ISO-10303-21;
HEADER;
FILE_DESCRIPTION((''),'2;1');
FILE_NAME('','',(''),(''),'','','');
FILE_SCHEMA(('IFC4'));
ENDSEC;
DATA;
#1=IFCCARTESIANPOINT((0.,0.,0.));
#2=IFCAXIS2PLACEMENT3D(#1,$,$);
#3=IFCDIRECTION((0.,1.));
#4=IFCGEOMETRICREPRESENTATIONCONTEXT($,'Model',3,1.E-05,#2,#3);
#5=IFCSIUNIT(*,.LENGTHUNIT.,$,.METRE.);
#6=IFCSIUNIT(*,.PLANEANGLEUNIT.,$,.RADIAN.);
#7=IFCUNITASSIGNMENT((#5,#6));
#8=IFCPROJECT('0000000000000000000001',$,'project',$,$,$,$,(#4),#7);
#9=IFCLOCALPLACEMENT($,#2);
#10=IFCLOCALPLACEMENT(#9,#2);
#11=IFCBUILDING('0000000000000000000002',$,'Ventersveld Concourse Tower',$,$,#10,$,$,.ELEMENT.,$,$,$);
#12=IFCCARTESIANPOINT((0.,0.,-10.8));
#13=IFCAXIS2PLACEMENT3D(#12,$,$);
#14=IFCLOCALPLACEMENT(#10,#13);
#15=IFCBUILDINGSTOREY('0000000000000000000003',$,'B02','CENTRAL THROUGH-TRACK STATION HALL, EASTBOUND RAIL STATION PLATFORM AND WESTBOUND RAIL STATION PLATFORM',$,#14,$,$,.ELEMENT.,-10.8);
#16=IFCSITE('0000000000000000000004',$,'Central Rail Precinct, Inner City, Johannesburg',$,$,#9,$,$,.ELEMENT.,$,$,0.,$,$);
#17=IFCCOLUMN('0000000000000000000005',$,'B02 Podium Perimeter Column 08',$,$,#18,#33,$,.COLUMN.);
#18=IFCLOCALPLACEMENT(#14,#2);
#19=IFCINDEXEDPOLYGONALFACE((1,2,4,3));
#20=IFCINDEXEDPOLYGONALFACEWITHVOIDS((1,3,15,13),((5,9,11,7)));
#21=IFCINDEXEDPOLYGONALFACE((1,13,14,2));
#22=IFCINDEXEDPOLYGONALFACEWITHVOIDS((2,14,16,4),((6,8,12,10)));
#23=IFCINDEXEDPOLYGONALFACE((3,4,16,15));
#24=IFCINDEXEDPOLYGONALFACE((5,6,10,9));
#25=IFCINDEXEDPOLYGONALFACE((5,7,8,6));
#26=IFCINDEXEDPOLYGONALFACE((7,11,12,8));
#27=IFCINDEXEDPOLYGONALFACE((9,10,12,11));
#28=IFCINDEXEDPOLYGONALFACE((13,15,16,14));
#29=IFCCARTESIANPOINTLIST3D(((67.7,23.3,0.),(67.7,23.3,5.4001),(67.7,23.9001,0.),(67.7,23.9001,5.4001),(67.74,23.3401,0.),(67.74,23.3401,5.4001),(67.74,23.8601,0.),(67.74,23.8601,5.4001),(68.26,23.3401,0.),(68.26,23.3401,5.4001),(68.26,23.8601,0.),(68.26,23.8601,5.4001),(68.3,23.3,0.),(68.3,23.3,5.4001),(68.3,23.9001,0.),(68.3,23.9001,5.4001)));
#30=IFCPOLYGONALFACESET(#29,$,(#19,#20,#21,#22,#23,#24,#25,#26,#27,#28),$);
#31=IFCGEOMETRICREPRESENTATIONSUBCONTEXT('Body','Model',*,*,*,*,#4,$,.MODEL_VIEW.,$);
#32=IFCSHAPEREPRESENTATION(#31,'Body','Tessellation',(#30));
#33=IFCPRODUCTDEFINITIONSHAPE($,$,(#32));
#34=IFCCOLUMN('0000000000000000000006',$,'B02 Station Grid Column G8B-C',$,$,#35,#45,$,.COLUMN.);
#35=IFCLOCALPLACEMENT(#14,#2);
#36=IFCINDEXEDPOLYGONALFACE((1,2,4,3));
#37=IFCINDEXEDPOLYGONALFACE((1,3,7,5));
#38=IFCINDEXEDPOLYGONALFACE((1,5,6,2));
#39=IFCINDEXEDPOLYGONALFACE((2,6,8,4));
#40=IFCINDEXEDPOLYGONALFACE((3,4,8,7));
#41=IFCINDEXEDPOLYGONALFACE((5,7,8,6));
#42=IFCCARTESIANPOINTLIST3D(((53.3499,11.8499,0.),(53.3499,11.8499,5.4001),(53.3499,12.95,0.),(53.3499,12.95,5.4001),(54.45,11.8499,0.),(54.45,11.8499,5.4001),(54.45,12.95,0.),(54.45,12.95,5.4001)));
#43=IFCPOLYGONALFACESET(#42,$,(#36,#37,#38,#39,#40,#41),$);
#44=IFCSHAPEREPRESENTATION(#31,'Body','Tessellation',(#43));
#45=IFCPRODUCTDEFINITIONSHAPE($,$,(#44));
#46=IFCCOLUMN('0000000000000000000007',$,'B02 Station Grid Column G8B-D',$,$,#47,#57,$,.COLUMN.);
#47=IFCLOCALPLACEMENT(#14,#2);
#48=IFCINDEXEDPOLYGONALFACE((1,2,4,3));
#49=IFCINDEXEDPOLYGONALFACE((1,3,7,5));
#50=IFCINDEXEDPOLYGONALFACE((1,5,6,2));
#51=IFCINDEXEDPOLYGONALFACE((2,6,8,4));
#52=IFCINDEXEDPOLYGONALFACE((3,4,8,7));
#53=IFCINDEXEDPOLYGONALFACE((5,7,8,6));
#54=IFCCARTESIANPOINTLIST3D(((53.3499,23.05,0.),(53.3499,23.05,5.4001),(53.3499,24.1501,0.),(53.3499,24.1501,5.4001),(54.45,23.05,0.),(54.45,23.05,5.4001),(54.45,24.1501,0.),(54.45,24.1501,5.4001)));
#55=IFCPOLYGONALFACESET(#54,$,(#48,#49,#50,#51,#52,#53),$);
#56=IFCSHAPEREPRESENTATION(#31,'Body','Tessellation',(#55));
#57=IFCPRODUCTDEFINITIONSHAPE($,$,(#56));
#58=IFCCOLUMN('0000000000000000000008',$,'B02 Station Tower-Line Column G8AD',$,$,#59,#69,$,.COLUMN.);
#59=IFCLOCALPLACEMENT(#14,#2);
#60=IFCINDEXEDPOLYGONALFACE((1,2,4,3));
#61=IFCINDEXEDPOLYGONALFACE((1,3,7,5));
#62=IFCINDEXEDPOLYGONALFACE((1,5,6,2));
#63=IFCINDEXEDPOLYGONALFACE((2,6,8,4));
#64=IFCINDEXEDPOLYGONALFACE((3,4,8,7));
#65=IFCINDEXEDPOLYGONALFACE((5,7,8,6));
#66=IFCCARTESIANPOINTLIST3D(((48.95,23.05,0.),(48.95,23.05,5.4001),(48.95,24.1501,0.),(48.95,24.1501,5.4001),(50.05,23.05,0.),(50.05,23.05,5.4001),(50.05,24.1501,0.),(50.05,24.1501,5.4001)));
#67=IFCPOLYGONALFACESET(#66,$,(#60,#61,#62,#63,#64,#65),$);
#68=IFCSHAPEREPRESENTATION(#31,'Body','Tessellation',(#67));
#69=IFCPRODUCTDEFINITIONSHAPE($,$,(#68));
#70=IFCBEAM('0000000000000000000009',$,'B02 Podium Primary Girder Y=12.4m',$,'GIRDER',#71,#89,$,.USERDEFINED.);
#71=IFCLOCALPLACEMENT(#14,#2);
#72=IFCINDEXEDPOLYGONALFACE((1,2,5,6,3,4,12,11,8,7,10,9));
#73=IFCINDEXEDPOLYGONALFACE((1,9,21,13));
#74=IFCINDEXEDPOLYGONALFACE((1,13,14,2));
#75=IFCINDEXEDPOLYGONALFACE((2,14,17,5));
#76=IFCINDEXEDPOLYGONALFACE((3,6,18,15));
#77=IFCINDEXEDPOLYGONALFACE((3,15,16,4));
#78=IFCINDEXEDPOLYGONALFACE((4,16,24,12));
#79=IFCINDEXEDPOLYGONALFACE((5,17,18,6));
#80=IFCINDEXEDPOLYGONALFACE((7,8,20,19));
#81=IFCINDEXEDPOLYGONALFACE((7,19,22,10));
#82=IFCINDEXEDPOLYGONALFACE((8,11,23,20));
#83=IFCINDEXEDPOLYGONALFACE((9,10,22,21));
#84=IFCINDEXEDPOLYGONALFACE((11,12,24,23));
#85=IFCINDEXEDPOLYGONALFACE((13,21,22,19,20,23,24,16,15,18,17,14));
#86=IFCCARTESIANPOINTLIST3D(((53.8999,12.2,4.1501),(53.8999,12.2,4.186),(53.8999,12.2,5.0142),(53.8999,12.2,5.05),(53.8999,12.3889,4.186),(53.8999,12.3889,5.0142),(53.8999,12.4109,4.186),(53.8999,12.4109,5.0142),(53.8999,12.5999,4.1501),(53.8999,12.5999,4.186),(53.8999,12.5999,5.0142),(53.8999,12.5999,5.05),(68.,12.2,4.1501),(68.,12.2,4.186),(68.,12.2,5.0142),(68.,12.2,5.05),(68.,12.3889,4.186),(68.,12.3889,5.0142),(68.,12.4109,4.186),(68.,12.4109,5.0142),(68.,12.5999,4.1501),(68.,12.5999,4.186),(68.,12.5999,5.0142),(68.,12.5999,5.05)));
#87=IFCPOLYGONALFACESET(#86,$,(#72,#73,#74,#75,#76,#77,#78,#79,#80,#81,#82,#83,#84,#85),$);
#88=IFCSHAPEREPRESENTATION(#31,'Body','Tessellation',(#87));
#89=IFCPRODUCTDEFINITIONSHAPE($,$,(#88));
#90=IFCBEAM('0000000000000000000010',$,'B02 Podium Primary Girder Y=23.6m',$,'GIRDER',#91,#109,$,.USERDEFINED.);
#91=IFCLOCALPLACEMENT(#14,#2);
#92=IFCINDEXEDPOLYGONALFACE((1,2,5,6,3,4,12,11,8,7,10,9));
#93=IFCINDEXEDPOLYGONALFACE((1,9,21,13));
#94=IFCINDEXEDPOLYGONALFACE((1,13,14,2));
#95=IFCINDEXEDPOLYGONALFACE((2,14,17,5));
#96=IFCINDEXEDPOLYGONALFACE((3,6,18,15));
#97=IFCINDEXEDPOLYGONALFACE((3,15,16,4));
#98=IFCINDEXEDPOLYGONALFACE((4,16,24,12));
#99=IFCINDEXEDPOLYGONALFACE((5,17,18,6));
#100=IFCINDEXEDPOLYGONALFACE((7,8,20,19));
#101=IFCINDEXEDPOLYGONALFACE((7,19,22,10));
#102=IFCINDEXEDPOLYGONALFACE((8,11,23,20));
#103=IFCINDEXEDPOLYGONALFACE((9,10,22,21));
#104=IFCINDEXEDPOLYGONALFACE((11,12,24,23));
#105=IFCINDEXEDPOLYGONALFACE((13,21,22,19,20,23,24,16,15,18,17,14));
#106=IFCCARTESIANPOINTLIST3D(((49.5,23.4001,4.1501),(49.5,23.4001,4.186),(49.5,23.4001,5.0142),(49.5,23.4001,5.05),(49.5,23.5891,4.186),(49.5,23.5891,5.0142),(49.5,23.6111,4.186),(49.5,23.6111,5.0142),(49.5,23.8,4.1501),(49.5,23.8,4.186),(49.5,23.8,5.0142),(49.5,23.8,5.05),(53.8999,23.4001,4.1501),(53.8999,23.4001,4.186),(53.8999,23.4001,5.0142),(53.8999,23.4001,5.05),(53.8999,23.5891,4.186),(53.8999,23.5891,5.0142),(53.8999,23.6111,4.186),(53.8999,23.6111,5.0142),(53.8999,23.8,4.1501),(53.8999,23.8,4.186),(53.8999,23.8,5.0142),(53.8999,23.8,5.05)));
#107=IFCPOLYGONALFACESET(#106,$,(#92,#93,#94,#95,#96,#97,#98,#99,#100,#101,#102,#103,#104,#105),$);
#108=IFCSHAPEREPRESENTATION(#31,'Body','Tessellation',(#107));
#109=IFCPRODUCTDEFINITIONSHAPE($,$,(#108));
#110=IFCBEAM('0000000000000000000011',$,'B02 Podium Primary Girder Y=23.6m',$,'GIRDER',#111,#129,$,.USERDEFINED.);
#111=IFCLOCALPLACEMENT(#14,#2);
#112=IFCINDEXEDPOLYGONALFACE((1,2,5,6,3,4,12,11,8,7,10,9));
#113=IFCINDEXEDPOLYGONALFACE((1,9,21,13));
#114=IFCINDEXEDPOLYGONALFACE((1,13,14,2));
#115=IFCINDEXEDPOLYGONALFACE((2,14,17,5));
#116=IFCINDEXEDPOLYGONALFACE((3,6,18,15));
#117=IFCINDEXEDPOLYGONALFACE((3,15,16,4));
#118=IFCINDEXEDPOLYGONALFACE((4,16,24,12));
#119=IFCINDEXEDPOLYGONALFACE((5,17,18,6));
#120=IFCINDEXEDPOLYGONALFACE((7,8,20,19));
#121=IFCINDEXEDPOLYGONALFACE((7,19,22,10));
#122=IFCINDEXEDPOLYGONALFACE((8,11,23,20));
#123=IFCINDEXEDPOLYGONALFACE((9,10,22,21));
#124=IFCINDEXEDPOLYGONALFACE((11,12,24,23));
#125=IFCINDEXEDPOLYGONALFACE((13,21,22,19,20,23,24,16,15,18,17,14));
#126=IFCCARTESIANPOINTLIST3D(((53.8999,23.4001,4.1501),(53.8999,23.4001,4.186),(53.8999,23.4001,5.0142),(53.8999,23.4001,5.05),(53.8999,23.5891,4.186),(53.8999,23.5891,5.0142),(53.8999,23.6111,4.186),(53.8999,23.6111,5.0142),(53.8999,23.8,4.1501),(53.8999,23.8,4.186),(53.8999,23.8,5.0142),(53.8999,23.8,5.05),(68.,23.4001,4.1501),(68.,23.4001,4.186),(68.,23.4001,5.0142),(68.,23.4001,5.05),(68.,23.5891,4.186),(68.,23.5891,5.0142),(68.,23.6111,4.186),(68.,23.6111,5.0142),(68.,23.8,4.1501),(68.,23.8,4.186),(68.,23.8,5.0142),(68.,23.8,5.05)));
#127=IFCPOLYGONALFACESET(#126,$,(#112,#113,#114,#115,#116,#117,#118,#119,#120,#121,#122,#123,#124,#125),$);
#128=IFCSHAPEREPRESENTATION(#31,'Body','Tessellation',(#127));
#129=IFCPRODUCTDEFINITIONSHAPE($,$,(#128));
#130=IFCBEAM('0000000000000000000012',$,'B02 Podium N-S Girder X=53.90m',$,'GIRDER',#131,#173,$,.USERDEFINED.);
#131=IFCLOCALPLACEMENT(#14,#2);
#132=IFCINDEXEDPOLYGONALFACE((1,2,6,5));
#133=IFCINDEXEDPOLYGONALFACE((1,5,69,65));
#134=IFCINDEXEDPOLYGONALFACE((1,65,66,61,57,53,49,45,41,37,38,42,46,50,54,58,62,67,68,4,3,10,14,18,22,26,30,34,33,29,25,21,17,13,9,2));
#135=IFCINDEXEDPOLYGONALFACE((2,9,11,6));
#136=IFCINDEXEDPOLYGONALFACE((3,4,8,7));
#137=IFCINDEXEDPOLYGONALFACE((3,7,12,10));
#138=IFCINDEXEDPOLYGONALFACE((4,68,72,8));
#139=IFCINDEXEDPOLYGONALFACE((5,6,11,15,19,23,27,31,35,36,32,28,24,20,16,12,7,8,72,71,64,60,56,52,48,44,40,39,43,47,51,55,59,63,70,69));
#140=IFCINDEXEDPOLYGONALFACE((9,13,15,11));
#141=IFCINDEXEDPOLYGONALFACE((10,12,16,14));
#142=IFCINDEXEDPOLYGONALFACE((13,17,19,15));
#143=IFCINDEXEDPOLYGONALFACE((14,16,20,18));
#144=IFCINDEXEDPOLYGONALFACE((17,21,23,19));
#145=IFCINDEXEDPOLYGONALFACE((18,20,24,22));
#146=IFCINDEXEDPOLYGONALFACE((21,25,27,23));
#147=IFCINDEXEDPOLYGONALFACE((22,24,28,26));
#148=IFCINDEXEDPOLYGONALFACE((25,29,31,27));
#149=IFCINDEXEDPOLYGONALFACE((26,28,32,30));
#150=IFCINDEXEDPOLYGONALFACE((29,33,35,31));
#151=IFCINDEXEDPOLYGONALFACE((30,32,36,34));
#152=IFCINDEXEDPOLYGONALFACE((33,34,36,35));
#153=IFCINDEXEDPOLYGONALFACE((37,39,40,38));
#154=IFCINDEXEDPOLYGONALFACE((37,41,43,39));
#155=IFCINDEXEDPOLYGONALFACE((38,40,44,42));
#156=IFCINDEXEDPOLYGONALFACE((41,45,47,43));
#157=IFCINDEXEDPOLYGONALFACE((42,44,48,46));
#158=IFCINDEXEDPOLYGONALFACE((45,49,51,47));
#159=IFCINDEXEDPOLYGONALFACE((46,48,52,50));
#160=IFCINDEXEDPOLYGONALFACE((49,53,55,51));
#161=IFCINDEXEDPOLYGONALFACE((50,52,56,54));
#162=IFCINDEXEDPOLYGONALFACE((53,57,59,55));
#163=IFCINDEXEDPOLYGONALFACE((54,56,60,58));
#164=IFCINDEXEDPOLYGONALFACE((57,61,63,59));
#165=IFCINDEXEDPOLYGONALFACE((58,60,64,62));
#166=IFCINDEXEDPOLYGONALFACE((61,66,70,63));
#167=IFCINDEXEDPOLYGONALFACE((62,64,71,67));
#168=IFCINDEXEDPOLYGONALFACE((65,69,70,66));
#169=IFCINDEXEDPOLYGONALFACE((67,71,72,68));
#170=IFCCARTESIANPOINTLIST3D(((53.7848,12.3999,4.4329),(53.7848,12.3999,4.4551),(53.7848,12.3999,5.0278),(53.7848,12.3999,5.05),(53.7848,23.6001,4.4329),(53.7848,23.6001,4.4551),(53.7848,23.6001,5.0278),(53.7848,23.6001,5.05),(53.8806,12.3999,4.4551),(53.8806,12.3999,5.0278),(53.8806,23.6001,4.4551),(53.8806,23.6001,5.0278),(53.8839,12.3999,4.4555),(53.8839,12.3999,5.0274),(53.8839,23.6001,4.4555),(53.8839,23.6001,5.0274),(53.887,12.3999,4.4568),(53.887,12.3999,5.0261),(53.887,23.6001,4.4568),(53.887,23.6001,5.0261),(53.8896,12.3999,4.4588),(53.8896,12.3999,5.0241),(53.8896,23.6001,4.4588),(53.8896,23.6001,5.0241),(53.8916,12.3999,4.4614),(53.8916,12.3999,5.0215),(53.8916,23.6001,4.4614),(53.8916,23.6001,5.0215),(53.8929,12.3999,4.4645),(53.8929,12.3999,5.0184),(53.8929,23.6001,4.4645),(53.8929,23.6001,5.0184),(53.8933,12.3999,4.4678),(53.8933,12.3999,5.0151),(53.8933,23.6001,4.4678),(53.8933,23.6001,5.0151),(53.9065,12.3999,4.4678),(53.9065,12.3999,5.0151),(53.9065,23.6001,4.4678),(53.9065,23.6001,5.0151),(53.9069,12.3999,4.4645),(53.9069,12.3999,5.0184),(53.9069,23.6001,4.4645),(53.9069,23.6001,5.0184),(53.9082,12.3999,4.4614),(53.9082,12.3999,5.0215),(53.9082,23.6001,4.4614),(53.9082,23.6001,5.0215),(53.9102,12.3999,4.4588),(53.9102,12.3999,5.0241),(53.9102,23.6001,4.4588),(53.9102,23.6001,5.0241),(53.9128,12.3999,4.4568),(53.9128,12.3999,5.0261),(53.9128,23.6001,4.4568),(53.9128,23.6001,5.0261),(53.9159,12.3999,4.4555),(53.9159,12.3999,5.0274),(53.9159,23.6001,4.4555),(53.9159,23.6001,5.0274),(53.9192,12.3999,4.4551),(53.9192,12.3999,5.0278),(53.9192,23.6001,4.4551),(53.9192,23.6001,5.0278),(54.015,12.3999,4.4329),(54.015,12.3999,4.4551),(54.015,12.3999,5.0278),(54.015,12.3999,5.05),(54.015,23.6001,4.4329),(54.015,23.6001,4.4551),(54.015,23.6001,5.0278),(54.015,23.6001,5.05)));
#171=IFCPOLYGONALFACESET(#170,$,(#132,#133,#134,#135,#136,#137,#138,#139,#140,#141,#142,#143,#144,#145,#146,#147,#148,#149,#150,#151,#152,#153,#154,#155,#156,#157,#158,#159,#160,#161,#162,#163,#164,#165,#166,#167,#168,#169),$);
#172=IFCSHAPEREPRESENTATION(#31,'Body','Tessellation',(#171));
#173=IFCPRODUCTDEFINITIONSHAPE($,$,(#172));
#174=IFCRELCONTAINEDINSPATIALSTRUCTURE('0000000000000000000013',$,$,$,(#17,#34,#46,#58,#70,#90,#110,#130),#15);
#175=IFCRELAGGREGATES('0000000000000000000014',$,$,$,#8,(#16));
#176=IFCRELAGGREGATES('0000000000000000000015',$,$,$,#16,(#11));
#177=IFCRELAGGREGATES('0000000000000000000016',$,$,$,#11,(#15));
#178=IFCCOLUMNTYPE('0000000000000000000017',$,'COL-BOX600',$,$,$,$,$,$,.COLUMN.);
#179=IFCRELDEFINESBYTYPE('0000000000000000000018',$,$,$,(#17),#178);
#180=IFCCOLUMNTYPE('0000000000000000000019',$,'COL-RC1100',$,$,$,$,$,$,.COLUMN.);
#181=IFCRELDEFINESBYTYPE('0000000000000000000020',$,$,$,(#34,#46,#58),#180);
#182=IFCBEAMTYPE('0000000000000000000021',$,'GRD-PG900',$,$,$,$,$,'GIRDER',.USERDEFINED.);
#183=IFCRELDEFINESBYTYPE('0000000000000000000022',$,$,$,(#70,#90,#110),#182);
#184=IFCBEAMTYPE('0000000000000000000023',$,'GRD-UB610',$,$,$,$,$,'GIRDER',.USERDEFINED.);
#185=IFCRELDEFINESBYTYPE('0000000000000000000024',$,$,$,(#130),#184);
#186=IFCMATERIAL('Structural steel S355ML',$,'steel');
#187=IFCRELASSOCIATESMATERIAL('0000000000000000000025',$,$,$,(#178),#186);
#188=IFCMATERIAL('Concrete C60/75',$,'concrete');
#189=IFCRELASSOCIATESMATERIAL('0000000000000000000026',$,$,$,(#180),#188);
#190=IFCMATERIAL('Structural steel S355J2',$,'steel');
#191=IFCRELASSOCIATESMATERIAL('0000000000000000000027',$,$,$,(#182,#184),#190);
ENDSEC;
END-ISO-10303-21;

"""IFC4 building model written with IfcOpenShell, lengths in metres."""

from ifc_helpers import new_model, si_unit, direction, frame, origin, origin_2d, place, context, subcontext, project, spatial, rectangle, hollow_rectangle, i_section, extrude, material, material_profile, profile_set, type_object, element, save


model = new_model("IFC4")

# Units and contexts
model_context = context("Model", 3, precision=1e-05, world=origin(), true_north=direction((0.0, 1.0)))
body_context = subcontext(model_context, "Body", "Model", "MODEL_VIEW")
ifc_project = project(units=[si_unit("LENGTHUNIT", "METRE"), si_unit("PLANEANGLEUNIT", "RADIAN")], contexts=[model_context])

# Site, building, storey
site_placement = place(None, origin())
site = spatial("IfcSite", under=ifc_project, at=site_placement, Name="Central Rail Precinct, Inner City, Johannesburg", CompositionType="ELEMENT", RefElevation=0.0)
building_placement = place(site_placement, origin())
building = spatial("IfcBuilding", under=site, at=building_placement, Name="Ventersveld Concourse Tower", CompositionType="ELEMENT")
storey_placement = place(building_placement, frame((0.0, 0.0, -10.8)))
storey = spatial("IfcBuildingStorey", under=building, at=storey_placement, Name="B02", Description="CENTRAL THROUGH-TRACK STATION HALL, EASTBOUND RAIL STATION PLATFORM AND WESTBOUND RAIL STATION PLATFORM", CompositionType="ELEMENT", Elevation=-10.8)

# Columns
ifc_material_1 = material(Name="Structural steel S355ML", Category="steel")
ifc_material_profile_1 = material_profile(ifc_material_1, hollow_rectangle(XDim=0.6001, YDim=0.6001, WallThickness=0.04, at=origin_2d()), Name="BOX 600x600x40")
ifc_profile_set_1 = profile_set([ifc_material_profile_1], Name="Structural steel S355ML")
column_type_1 = type_object("IfcColumnType", Name="COL-BOX600", PredefinedType="COLUMN", material=ifc_profile_set_1)
for number, where, z_axis, x_axis, name in (
    (1, (68.0, 23.6001, 0.0), (0.0, 0.0, 1.0), (1.0, 0.0, 0.0), "B02 Podium Perimeter Column 08"),
):
    element("IfcColumn", number, at=place(storey_placement, frame(where, z_axis=z_axis, x_axis=x_axis)), inside=storey, type_object=column_type_1, Name=name, PredefinedType="COLUMN", context=body_context, shape_type="SweptSolid", body=[
        extrude(hollow_rectangle(XDim=0.6001, YDim=0.6001, WallThickness=0.04, at=origin_2d()), origin(), (0.0, 0.0, 1.0), 5.4001),
    ])
ifc_material_2 = material(Name="Concrete C60/75", Category="concrete")
ifc_material_profile_2 = material_profile(ifc_material_2, rectangle(XDim=1.1001, YDim=1.1001, at=origin_2d()), Name="RC 1100x1100")
ifc_profile_set_2 = profile_set([ifc_material_profile_2], Name="Concrete C60/75")
column_type_2 = type_object("IfcColumnType", Name="COL-RC1100", PredefinedType="COLUMN", material=ifc_profile_set_2)
for number, where, z_axis, x_axis, name in (
    (2, (53.8999, 12.3999, 0.0), (0.0, 0.0, 1.0), (1.0, 0.0, 0.0), "B02 Station Grid Column G8B-C"),
    (3, (53.8999, 23.6001, 0.0), (0.0, 0.0, 1.0), (1.0, 0.0, 0.0), "B02 Station Grid Column G8B-D"),
    (4, (49.5, 23.6001, 0.0), (0.0, 0.0, 1.0), (1.0, 0.0, 0.0), "B02 Station Tower-Line Column G8AD"),
):
    element("IfcColumn", number, at=place(storey_placement, frame(where, z_axis=z_axis, x_axis=x_axis)), inside=storey, type_object=column_type_2, Name=name, PredefinedType="COLUMN", context=body_context, shape_type="SweptSolid", body=[
        extrude(rectangle(XDim=1.1001, YDim=1.1001, at=origin_2d()), origin(), (0.0, 0.0, 1.0), 5.4001),
    ])

# Beams
ifc_material_3 = material(Name="Structural steel S355J2", Category="steel")
ifc_material_profile_3 = material_profile(ifc_material_3, i_section(OverallWidth=0.3999, OverallDepth=0.8999, WebThickness=0.022, FlangeThickness=0.0359, at=origin_2d()), Name="PG 900x400x36")
ifc_profile_set_3 = profile_set([ifc_material_profile_3], Name="Structural steel S355J2")
beam_type_1 = type_object("IfcBeamType", Name="GRD-PG900", ElementType="GIRDER", PredefinedType="USERDEFINED", material=ifc_profile_set_3)
beam_1_placement = place(storey_placement, frame((53.8999, 12.3999, 4.6001), z_axis=(1.0, 0.0, 0.0), x_axis=(0.0, 1.0, 0.0)))
element("IfcBeam", 5, at=beam_1_placement, inside=storey, type_object=beam_type_1, Name="B02 Podium Primary Girder Y=12.4m", ObjectType="GIRDER", PredefinedType="USERDEFINED", context=body_context, shape_type="SweptSolid", body=[
    extrude(i_section(OverallWidth=0.3999, OverallDepth=0.8999, WebThickness=0.022, FlangeThickness=0.0359, at=origin_2d()), origin(), (0.0, 0.0, 1.0), 14.1001),
])
beam_2_placement = place(storey_placement, frame((49.5, 23.6001, 4.6001), z_axis=(1.0, 0.0, 0.0), x_axis=(0.0, 1.0, 0.0)))
element("IfcBeam", 6, at=beam_2_placement, inside=storey, type_object=beam_type_1, Name="B02 Podium Primary Girder Y=23.6m", ObjectType="GIRDER", PredefinedType="USERDEFINED", context=body_context, shape_type="SweptSolid", body=[
    extrude(i_section(OverallWidth=0.3999, OverallDepth=0.8999, WebThickness=0.022, FlangeThickness=0.0359, at=origin_2d()), origin(), (0.0, 0.0, 1.0), 4.3999),
])
beam_3_placement = place(storey_placement, frame((53.8999, 23.6001, 4.6001), z_axis=(1.0, 0.0, 0.0), x_axis=(0.0, 1.0, 0.0)))
element("IfcBeam", 7, at=beam_3_placement, inside=storey, type_object=beam_type_1, Name="B02 Podium Primary Girder Y=23.6m", ObjectType="GIRDER", PredefinedType="USERDEFINED", context=body_context, shape_type="SweptSolid", body=[
    extrude(i_section(OverallWidth=0.3999, OverallDepth=0.8999, WebThickness=0.022, FlangeThickness=0.0359, at=origin_2d()), origin(), (0.0, 0.0, 1.0), 14.1001),
])
ifc_material_profile_4 = material_profile(ifc_material_3, i_section(OverallWidth=0.2302, OverallDepth=0.6172, WebThickness=0.0132, FlangeThickness=0.0222, FilletRadius=0.0127, at=origin_2d()), Name="UB 610x229x140")
ifc_profile_set_4 = profile_set([ifc_material_profile_4], Name="Structural steel S355J2")
beam_type_2 = type_object("IfcBeamType", Name="GRD-UB610", ElementType="GIRDER", PredefinedType="USERDEFINED", material=ifc_profile_set_4)
beam_4_placement = place(storey_placement, frame((53.8999, 12.3999, 4.7415), z_axis=(0.0, 1.0, 0.0), x_axis=(-1.0, 0.0, 0.0)))
element("IfcBeam", 8, at=beam_4_placement, inside=storey, type_object=beam_type_2, Name="B02 Podium N-S Girder X=53.90m", ObjectType="GIRDER", PredefinedType="USERDEFINED", context=body_context, shape_type="SweptSolid", body=[
    extrude(i_section(OverallWidth=0.2302, OverallDepth=0.6172, WebThickness=0.0132, FlangeThickness=0.0222, FilletRadius=0.0127, at=origin_2d()), origin(), (0.0, 0.0, 1.0), 11.2002),
])

save(model, "model.ifc")
